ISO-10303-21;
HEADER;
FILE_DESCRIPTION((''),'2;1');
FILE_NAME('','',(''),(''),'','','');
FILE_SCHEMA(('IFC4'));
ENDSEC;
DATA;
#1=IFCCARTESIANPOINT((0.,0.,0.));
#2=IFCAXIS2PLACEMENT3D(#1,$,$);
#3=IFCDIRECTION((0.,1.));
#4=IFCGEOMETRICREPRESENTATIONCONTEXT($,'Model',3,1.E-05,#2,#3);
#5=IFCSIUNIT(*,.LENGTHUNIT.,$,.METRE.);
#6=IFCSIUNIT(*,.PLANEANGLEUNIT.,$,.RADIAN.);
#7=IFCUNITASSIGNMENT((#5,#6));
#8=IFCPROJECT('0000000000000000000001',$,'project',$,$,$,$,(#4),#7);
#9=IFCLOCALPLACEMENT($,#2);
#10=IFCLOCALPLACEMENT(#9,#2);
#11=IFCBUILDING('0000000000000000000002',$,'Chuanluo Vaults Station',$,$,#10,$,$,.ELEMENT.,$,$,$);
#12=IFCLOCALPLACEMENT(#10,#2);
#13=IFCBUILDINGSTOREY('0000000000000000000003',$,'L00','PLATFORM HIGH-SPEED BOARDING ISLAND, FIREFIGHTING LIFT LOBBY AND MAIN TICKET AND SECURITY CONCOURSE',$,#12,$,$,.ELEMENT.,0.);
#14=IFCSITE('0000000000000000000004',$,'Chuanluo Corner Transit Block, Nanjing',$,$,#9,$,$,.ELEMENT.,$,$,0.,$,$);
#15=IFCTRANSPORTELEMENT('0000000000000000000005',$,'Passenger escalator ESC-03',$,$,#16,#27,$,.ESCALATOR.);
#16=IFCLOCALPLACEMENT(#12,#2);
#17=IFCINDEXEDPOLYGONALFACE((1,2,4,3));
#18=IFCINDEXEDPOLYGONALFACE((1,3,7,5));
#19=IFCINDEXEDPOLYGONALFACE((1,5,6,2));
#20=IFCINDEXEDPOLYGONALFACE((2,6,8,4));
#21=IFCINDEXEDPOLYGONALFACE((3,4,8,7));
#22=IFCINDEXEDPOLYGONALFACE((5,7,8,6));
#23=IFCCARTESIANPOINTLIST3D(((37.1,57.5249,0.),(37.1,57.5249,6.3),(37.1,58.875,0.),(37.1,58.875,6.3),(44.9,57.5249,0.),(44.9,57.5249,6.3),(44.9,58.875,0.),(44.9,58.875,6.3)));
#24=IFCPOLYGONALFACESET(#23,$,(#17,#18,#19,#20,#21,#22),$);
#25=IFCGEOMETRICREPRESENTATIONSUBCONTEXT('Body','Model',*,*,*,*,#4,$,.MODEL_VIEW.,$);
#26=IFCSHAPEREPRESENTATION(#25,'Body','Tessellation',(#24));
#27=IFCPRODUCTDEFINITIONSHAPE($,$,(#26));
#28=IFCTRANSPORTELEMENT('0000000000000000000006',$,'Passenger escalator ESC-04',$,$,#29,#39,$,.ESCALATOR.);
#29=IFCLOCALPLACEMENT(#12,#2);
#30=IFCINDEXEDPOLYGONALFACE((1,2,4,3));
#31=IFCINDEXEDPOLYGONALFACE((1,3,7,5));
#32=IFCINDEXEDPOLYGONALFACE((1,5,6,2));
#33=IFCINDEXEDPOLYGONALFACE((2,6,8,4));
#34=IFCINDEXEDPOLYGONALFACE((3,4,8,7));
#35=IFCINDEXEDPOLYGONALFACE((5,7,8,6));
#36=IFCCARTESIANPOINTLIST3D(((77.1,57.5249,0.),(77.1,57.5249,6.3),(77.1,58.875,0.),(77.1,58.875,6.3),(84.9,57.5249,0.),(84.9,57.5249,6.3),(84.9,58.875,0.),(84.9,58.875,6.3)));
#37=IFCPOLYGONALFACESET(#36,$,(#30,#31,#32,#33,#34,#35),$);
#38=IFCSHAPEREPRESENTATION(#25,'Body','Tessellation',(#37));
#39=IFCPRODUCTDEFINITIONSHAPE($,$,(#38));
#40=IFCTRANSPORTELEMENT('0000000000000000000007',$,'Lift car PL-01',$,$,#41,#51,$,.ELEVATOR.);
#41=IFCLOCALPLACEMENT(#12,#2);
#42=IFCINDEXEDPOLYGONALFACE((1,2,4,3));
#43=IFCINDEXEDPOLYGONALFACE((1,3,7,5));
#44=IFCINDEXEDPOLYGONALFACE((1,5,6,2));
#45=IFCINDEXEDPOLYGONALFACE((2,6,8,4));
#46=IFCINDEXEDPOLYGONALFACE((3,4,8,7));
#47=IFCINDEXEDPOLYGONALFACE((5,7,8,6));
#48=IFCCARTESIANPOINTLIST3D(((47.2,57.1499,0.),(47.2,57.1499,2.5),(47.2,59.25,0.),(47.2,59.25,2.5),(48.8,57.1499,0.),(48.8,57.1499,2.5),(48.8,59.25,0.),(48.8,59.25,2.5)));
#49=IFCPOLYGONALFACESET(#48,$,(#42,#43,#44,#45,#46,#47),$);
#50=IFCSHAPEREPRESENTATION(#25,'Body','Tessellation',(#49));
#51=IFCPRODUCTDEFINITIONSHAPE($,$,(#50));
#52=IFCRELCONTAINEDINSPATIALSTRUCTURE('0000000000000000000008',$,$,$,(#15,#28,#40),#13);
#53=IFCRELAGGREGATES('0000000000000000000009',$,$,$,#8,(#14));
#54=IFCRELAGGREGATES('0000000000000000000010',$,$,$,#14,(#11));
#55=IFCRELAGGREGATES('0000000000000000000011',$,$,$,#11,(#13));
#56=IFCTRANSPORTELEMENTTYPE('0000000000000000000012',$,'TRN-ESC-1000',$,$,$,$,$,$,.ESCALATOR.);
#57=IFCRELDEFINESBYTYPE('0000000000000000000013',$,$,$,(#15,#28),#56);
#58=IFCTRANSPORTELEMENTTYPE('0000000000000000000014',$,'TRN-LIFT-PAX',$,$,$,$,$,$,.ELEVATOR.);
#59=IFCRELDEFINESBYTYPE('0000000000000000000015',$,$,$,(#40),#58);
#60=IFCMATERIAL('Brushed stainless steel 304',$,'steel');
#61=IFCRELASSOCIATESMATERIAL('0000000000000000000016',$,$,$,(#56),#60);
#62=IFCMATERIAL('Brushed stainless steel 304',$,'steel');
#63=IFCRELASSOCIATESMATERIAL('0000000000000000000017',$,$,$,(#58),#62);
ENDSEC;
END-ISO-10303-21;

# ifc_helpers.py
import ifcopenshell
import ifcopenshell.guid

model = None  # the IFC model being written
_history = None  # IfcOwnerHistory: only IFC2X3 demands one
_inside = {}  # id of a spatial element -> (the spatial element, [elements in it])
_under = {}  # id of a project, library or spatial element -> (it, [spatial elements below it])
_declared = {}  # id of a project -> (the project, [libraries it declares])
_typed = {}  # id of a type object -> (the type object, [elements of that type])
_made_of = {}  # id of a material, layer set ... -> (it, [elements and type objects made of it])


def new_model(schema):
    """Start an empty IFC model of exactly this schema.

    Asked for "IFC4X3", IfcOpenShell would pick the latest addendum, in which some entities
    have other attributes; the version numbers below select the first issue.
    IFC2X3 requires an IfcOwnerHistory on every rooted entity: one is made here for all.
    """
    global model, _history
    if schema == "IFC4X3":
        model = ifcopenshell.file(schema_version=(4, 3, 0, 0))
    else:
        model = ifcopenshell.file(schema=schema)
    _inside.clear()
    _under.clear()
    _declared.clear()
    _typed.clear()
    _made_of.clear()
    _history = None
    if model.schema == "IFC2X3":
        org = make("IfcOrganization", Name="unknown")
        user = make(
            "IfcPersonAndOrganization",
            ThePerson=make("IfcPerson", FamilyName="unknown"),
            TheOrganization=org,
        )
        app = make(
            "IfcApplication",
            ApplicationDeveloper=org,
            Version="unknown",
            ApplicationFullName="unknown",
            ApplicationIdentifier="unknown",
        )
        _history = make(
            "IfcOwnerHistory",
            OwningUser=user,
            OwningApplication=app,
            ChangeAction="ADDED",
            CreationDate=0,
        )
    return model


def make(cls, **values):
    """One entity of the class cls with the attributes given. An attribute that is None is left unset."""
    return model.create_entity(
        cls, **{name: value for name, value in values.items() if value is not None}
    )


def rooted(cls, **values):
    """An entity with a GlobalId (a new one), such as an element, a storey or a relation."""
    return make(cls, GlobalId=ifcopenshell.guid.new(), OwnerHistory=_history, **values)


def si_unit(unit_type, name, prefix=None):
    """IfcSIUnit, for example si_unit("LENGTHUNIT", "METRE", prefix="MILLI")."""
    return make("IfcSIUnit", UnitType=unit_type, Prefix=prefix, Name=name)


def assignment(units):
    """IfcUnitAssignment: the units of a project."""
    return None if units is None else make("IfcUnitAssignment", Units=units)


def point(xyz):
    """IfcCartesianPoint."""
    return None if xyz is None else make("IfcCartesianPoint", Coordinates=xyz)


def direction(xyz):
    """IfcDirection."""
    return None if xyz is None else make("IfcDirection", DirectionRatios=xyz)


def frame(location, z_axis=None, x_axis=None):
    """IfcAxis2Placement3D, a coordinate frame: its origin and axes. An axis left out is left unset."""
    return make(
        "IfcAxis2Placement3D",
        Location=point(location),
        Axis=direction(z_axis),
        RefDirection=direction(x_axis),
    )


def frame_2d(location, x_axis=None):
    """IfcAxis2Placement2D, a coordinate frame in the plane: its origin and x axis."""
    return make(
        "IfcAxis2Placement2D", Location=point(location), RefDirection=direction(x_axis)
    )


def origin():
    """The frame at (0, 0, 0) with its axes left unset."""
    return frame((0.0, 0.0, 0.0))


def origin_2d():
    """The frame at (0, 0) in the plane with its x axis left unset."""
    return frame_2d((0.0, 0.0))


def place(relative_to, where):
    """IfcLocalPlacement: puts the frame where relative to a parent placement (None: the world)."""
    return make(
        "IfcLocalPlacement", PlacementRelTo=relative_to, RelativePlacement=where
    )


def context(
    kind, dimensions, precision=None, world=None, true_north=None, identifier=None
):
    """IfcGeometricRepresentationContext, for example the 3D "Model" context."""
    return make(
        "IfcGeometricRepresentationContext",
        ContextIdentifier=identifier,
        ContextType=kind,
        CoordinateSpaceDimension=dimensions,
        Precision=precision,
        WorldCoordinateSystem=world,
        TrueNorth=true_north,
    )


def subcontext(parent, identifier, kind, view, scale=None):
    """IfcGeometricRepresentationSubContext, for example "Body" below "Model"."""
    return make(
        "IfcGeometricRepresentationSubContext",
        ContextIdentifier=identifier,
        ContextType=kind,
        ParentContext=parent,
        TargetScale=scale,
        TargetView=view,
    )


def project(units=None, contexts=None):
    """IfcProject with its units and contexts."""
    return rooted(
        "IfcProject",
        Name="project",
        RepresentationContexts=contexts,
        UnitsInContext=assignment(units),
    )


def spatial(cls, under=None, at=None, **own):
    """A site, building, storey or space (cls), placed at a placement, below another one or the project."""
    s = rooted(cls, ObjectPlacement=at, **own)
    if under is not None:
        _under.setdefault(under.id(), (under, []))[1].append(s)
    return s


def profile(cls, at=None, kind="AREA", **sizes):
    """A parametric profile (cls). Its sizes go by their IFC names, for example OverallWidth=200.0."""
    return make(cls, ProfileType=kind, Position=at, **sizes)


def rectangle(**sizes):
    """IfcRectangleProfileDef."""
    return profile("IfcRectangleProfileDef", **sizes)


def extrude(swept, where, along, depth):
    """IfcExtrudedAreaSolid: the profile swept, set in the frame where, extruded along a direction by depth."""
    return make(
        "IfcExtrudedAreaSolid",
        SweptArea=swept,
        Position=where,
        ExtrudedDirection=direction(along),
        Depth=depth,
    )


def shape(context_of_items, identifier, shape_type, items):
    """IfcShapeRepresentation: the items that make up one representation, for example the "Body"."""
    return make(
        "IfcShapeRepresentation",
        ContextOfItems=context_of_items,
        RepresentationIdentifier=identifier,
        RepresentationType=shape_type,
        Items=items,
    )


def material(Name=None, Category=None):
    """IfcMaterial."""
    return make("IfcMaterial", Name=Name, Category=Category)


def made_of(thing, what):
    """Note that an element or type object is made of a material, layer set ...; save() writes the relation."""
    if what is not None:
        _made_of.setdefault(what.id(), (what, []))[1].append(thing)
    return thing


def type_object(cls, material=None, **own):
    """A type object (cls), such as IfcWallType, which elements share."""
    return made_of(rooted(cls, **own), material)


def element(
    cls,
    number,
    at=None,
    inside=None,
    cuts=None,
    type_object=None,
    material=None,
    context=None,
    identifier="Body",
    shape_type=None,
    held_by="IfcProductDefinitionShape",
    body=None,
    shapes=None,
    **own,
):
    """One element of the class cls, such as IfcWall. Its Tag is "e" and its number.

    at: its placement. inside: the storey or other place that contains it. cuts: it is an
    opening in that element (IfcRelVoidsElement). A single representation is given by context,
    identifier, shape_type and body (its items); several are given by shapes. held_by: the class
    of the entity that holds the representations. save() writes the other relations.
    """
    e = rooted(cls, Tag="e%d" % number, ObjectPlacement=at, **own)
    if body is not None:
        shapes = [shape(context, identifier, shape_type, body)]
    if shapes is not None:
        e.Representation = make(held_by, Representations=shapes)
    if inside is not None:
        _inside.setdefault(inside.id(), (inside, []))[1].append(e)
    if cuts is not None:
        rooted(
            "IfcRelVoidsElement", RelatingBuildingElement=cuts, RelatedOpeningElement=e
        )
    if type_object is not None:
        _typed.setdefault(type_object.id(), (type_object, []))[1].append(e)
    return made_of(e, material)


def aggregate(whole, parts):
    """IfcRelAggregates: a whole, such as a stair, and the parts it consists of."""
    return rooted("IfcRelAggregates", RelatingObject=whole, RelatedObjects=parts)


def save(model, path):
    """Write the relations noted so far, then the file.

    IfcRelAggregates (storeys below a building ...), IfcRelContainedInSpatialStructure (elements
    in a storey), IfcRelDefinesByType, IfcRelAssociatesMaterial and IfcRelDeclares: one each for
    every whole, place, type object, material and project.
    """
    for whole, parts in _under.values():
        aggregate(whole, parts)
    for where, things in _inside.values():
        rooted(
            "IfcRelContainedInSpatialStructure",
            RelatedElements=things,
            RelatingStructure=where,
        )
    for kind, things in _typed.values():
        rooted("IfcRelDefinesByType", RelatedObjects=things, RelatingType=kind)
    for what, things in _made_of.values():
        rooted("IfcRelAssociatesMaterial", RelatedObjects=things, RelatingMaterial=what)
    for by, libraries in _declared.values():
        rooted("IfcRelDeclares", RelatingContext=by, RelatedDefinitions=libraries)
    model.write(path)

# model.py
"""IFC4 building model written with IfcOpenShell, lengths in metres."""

from ifc_helpers import new_model, si_unit, direction, frame, origin, origin_2d, place, context, subcontext, project, spatial, rectangle, extrude, material, type_object, element, save


model = new_model("IFC4")

# Units and contexts
model_context = context("Model", 3, precision=1e-05, world=origin(), true_north=direction((0.0, 1.0)))
body_context = subcontext(model_context, "Body", "Model", "MODEL_VIEW")
ifc_project = project(units=[si_unit("LENGTHUNIT", "METRE"), si_unit("PLANEANGLEUNIT", "RADIAN")], contexts=[model_context])

# Site, building, storey
site_placement = place(None, origin())
site = spatial("IfcSite", under=ifc_project, at=site_placement, Name="Chuanluo Corner Transit Block, Nanjing", CompositionType="ELEMENT", RefElevation=0.0)
building_placement = place(site_placement, origin())
building = spatial("IfcBuilding", under=site, at=building_placement, Name="Chuanluo Vaults Station", CompositionType="ELEMENT")
storey_placement = place(building_placement, origin())
storey = spatial("IfcBuildingStorey", under=building, at=storey_placement, Name="L00", Description="PLATFORM HIGH-SPEED BOARDING ISLAND, FIREFIGHTING LIFT LOBBY AND MAIN TICKET AND SECURITY CONCOURSE", CompositionType="ELEMENT", Elevation=0.0)

# Transport elements
ifc_material_1 = material(Name="Brushed stainless steel 304", Category="steel")
transport_element_type_1 = type_object("IfcTransportElementType", Name="TRN-ESC-1000", PredefinedType="ESCALATOR", material=ifc_material_1)
for number, where, z_axis, x_axis, name in (
    (1, (41.0, 58.2, 0.0), (0.0, 0.0, 1.0), (1.0, 0.0, 0.0), "Passenger escalator ESC-03"),
    (2, (81.0, 58.2, 0.0), (0.0, 0.0, 1.0), (1.0, 0.0, 0.0), "Passenger escalator ESC-04"),
):
    element("IfcTransportElement", number, at=place(storey_placement, frame(where, z_axis=z_axis, x_axis=x_axis)), inside=storey, type_object=transport_element_type_1, Name=name, PredefinedType="ESCALATOR", context=body_context, shape_type="SweptSolid", body=[
        extrude(rectangle(XDim=7.8, YDim=1.3501, at=origin_2d()), origin(), (0.0, 0.0, 1.0), 6.3),
    ])
ifc_material_2 = material(Name="Brushed stainless steel 304", Category="steel")
transport_element_type_2 = type_object("IfcTransportElementType", Name="TRN-LIFT-PAX", PredefinedType="ELEVATOR", material=ifc_material_2)
transport_element_placement = place(storey_placement, frame((48.0, 58.2, 0.0), z_axis=(0.0, 0.0, 1.0), x_axis=(1.0, 0.0, 0.0)))
element("IfcTransportElement", 3, at=transport_element_placement, inside=storey, type_object=transport_element_type_2, Name="Lift car PL-01", PredefinedType="ELEVATOR", context=body_context, shape_type="SweptSolid", body=[
    extrude(rectangle(XDim=1.6001, YDim=2.1001, at=origin_2d()), origin(), (0.0, 0.0, 1.0), 2.5),
])

save(model, "model.ifc")
